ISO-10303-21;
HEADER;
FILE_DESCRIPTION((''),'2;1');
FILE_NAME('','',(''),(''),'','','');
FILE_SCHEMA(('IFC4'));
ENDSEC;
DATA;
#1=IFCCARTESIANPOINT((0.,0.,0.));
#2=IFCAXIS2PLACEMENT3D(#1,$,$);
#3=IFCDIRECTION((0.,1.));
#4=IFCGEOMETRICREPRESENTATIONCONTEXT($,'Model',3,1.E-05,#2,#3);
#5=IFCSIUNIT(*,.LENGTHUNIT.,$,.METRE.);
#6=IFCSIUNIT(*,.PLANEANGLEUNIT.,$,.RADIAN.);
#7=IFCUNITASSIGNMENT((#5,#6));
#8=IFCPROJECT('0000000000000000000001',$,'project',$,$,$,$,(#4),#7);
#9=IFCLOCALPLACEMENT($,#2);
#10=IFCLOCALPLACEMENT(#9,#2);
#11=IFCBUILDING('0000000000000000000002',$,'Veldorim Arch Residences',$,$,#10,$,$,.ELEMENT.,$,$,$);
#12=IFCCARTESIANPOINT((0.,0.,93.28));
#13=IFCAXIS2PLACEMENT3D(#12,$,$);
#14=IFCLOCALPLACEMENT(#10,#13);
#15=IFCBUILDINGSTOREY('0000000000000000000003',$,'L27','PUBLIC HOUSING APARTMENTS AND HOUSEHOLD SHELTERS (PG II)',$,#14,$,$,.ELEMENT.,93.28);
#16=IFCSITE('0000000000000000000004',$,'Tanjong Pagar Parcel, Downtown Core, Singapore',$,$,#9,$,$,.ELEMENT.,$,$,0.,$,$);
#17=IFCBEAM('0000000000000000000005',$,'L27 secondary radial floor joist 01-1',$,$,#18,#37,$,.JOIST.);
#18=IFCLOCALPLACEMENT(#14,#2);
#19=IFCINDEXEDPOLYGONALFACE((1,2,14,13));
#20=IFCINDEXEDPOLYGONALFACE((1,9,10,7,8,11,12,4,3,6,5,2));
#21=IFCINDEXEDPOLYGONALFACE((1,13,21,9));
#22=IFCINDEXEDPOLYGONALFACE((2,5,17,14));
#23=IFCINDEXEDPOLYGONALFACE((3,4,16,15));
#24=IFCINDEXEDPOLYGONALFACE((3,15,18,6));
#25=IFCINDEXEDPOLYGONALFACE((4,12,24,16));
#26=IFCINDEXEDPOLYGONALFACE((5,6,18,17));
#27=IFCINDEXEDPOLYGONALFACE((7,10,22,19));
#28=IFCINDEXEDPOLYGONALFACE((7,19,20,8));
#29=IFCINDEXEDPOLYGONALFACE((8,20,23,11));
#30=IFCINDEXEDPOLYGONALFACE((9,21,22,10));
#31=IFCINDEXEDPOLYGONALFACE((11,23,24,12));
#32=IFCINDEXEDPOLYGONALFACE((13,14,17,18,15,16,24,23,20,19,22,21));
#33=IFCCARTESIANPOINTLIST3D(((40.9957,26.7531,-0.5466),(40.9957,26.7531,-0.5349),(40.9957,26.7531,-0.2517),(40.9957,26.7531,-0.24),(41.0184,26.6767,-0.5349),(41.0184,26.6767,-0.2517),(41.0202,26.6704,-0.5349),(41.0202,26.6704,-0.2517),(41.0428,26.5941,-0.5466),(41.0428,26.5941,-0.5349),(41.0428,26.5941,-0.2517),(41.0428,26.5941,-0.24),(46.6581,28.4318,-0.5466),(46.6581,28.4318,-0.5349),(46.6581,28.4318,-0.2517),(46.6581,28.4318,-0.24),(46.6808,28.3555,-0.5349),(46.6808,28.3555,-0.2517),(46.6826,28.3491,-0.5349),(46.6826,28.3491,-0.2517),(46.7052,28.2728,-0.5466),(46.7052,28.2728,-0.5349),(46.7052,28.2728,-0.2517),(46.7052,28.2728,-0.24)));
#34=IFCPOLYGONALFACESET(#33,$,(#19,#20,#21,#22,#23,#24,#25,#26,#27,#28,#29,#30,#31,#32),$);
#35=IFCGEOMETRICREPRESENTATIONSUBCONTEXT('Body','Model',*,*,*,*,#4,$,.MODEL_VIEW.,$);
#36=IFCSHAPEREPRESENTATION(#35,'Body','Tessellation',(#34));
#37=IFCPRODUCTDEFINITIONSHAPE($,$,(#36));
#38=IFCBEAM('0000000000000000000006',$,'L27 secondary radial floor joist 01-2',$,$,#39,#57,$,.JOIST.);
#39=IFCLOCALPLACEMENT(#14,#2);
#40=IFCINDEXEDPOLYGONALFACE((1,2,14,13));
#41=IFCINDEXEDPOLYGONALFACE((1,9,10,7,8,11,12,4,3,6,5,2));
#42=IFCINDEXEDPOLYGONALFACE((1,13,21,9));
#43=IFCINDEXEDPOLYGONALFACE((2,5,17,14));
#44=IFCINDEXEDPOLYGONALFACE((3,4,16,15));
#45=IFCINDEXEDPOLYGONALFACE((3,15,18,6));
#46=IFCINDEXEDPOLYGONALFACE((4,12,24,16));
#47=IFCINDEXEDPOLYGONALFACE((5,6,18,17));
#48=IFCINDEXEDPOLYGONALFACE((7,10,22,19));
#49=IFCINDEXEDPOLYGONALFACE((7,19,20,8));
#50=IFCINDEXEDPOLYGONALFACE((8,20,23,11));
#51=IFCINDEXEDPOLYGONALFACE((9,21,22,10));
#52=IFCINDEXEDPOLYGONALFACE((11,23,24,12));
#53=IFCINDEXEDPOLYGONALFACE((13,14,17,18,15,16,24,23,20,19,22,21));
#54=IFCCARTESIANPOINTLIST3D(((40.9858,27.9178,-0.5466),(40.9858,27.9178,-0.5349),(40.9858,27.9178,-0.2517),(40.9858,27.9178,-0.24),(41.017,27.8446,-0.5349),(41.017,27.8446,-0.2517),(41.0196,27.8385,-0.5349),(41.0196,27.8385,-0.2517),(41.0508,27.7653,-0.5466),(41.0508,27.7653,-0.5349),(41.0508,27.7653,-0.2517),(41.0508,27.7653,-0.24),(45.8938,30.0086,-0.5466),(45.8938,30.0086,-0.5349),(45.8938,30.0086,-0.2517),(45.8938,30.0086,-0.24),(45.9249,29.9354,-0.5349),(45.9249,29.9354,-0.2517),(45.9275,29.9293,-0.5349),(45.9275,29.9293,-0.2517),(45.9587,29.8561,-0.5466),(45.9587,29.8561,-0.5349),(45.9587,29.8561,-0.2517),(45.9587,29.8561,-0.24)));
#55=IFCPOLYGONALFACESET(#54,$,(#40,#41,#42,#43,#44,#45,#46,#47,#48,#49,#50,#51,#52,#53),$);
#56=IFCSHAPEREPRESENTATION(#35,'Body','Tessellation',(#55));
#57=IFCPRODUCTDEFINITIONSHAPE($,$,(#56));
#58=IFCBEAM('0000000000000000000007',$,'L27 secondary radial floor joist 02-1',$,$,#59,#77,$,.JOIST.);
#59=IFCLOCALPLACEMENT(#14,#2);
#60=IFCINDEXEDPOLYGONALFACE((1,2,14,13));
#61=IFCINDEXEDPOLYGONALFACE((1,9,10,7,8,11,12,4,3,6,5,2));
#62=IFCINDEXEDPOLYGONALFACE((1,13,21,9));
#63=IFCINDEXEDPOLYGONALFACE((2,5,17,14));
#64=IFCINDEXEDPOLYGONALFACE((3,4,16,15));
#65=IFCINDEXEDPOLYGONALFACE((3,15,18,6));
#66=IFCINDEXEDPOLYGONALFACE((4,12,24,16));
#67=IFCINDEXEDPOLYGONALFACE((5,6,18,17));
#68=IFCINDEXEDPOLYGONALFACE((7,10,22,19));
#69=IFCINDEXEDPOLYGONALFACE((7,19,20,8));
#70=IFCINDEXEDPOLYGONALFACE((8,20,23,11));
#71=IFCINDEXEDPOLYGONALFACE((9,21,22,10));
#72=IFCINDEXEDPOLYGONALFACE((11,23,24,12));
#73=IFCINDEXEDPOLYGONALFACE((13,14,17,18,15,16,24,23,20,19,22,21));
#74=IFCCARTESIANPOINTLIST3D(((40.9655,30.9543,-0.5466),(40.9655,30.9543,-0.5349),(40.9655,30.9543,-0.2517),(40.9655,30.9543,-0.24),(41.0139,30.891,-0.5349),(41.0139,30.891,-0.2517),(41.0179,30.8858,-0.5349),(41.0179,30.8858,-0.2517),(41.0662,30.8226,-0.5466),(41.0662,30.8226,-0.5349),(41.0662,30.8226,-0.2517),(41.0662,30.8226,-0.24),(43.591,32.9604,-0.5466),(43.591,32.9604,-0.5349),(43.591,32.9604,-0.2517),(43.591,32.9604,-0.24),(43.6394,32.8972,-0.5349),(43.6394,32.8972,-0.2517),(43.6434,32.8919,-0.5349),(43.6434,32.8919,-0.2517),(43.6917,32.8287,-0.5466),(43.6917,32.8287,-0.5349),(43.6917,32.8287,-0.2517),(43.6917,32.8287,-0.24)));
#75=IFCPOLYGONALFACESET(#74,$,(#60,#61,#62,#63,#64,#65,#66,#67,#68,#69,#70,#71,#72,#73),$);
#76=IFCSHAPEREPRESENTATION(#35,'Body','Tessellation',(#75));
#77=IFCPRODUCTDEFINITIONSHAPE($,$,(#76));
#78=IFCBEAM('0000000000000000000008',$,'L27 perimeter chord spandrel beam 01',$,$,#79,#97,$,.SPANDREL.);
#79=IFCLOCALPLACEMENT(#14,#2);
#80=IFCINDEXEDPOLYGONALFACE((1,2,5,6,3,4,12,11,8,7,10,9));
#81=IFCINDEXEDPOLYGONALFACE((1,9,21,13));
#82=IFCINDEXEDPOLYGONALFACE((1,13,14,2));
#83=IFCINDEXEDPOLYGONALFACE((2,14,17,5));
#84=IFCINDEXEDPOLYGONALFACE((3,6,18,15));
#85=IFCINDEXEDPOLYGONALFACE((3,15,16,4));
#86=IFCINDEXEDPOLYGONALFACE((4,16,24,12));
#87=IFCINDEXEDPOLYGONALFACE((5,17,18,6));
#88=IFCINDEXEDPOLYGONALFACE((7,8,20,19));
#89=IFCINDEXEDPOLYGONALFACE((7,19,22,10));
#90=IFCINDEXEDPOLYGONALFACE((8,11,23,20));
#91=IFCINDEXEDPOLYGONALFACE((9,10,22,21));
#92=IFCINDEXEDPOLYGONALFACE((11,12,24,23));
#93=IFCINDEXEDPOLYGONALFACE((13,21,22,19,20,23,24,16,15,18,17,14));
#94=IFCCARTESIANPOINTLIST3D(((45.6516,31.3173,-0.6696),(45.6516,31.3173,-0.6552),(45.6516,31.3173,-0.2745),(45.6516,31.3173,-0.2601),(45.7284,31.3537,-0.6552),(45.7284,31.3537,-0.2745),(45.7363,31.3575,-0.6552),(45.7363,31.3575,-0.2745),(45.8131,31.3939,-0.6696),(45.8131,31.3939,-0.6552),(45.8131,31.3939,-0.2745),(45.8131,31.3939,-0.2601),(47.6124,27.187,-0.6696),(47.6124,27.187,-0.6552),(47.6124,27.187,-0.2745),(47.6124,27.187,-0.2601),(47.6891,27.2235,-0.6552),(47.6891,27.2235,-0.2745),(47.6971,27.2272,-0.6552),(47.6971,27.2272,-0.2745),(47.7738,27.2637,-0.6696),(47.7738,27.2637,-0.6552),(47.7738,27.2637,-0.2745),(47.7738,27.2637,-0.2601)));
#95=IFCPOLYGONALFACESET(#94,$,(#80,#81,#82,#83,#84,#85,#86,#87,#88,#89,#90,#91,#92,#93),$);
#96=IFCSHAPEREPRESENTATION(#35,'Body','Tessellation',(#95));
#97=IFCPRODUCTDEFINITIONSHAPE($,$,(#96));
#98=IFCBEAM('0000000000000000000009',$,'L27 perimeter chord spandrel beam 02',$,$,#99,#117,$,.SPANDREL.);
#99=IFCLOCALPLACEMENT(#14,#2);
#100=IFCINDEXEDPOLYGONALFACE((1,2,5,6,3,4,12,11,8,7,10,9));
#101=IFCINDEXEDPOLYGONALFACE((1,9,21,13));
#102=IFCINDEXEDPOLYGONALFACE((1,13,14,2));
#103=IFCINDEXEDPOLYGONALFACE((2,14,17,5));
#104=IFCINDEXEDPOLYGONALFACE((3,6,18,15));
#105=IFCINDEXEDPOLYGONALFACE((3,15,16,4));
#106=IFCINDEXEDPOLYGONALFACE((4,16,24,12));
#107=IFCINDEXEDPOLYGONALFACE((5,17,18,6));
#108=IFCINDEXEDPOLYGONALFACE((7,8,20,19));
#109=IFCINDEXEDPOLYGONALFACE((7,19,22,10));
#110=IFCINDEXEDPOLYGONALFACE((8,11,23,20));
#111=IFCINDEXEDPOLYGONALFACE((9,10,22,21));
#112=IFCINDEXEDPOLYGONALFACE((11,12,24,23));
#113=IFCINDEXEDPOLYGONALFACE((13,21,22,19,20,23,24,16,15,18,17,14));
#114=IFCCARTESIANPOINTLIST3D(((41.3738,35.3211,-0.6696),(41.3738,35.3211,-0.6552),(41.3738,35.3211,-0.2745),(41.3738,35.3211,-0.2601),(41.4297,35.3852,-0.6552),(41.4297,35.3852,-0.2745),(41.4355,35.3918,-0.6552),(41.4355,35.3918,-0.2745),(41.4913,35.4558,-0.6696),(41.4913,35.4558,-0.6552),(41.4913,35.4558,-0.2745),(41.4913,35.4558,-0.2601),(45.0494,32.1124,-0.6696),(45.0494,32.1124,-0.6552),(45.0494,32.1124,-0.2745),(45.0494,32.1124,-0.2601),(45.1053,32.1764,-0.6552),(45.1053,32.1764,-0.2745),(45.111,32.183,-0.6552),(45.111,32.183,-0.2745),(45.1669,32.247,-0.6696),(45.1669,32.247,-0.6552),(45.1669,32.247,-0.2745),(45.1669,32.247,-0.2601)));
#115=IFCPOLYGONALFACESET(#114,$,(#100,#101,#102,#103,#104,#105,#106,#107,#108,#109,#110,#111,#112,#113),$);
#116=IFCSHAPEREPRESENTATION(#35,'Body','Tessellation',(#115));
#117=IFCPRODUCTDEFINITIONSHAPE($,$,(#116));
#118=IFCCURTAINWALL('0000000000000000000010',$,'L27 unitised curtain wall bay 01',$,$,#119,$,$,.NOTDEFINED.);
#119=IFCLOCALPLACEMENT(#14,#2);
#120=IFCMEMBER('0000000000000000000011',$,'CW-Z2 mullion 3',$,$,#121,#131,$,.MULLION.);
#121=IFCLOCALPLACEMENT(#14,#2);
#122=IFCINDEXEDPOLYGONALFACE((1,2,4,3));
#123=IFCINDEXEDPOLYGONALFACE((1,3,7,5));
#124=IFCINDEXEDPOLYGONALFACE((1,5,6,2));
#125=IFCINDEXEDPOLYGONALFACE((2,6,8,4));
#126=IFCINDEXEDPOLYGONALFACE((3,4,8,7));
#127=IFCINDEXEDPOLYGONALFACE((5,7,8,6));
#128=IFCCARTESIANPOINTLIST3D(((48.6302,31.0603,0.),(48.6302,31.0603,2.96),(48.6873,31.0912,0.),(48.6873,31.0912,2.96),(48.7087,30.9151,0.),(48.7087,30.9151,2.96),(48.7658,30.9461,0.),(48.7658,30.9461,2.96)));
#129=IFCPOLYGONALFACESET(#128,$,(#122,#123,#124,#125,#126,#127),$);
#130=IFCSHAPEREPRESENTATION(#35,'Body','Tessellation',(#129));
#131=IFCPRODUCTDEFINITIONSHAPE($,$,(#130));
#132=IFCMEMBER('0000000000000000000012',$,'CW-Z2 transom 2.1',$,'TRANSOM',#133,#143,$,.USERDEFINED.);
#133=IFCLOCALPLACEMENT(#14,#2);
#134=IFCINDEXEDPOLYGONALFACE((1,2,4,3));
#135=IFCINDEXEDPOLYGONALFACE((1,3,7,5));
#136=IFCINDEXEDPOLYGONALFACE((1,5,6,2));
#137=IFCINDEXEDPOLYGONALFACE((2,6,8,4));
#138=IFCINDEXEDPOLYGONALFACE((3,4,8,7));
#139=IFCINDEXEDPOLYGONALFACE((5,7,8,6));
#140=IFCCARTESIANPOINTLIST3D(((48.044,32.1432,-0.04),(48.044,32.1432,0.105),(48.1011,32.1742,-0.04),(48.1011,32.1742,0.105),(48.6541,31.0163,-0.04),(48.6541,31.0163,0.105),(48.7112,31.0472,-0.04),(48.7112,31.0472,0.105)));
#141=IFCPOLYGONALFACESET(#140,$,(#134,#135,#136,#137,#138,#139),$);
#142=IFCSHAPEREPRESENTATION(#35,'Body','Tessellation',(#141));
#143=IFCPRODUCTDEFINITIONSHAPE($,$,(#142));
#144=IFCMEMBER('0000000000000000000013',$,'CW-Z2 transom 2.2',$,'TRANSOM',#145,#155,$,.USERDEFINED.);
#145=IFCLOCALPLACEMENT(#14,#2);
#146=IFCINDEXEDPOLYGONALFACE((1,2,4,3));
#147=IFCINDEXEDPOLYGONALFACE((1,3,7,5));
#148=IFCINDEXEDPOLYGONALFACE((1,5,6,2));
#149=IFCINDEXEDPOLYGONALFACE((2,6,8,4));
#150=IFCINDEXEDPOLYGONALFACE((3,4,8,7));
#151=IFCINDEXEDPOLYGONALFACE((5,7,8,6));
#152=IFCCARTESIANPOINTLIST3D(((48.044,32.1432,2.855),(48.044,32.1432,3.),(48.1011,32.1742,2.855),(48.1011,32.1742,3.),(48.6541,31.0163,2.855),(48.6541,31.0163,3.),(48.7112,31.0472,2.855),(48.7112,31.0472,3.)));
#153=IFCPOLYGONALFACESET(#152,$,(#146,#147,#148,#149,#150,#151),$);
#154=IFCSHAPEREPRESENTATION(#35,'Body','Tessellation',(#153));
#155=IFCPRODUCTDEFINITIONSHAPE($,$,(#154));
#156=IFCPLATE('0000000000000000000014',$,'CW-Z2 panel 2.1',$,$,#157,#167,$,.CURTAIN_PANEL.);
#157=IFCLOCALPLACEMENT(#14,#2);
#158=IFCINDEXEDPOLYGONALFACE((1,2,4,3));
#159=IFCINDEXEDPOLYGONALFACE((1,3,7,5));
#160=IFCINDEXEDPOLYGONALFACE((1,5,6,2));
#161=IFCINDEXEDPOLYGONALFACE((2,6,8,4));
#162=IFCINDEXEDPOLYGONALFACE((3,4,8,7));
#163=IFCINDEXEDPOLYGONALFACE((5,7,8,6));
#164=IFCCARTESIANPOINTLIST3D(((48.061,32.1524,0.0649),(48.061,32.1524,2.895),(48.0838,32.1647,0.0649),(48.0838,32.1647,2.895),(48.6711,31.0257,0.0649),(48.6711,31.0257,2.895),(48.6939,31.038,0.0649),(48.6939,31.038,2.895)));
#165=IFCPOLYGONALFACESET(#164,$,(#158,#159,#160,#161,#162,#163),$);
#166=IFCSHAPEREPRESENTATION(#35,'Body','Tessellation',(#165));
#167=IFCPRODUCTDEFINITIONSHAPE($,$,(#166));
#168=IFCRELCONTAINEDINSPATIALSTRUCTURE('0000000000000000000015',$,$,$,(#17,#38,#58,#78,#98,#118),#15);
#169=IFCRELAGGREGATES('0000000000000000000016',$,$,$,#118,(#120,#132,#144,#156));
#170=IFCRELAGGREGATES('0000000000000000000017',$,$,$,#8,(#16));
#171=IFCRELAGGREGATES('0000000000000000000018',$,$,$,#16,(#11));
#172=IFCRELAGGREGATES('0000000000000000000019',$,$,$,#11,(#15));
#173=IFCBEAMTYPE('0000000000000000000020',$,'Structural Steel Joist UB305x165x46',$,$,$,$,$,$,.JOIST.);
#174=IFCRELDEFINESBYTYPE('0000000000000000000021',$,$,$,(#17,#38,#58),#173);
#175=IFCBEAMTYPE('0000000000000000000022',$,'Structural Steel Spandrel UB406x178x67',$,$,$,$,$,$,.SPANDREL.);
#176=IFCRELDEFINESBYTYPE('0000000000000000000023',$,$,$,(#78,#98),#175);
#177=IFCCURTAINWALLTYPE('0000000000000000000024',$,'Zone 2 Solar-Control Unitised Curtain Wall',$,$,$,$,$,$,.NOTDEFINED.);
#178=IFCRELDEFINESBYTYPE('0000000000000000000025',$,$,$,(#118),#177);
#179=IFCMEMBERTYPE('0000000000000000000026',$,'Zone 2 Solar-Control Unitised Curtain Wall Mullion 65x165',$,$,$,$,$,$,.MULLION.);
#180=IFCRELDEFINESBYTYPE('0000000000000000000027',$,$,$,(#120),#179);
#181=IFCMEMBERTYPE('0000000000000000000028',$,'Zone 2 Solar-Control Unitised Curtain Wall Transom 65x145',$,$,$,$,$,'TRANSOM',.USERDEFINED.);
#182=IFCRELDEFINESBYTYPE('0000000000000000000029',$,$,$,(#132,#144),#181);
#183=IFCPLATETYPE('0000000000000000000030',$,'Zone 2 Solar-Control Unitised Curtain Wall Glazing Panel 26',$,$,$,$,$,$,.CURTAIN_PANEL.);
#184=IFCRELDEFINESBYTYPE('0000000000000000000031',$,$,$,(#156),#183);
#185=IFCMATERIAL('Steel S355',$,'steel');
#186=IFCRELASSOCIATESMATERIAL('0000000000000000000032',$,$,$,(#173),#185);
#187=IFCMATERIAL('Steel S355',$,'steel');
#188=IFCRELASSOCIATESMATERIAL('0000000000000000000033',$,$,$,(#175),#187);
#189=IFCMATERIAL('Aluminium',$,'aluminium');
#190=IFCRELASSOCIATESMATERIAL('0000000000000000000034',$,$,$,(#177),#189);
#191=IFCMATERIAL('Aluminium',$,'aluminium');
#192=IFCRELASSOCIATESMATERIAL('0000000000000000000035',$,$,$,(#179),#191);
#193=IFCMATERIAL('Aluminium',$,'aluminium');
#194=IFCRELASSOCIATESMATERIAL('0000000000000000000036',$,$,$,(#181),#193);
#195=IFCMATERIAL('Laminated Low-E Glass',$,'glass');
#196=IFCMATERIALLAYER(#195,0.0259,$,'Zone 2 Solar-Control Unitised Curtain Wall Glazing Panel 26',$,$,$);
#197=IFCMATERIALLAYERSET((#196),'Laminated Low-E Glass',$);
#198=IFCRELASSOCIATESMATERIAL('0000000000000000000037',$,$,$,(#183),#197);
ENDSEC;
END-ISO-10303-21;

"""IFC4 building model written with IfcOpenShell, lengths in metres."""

from ifc_helpers import new_model, si_unit, direction, frame, origin, origin_2d, place, context, subcontext, project, spatial, rectangle, i_section, extrude, material, layer, layer_set, material_profile, profile_set, type_object, element, aggregate, save


model = new_model("IFC4")

# Units and contexts
model_context = context("Model", 3, precision=1e-05, world=origin(), true_north=direction((0.0, 1.0)))
body_context = subcontext(model_context, "Body", "Model", "MODEL_VIEW")
ifc_project = project(units=[si_unit("LENGTHUNIT", "METRE"), si_unit("PLANEANGLEUNIT", "RADIAN")], contexts=[model_context])

# Site, building, storey
site_placement = place(None, origin())
site = spatial("IfcSite", under=ifc_project, at=site_placement, Name="Tanjong Pagar Parcel, Downtown Core, Singapore", CompositionType="ELEMENT", RefElevation=0.0)
building_placement = place(site_placement, origin())
building = spatial("IfcBuilding", under=site, at=building_placement, Name="Veldorim Arch Residences", CompositionType="ELEMENT")
storey_placement = place(building_placement, frame((0.0, 0.0, 93.28)))
storey = spatial("IfcBuildingStorey", under=building, at=storey_placement, Name="L27", Description="PUBLIC HOUSING APARTMENTS AND HOUSEHOLD SHELTERS (PG II)", CompositionType="ELEMENT", Elevation=93.28)

# Beams
ifc_material_1 = material(Name="Steel S355", Category="steel")
ifc_material_profile_1 = material_profile(ifc_material_1, i_section(OverallWidth=0.1658, OverallDepth=0.3066, WebThickness=0.0066, FlangeThickness=0.0117, at=origin_2d()), Name="UB305x165x46")
ifc_profile_set_1 = profile_set([ifc_material_profile_1], Name="Steel S355")
beam_type_1 = type_object("IfcBeamType", Name="Structural Steel Joist UB305x165x46", PredefinedType="JOIST", material=ifc_profile_set_1)
beam_1_placement = place(storey_placement, frame((41.0193, 26.6736, -0.3933), z_axis=(0.958753, 0.28424, 0.0), x_axis=(-0.28424, 0.958753, 0.0)))
element("IfcBeam", 1, at=beam_1_placement, inside=storey, type_object=beam_type_1, Name="L27 secondary radial floor joist 01-1", PredefinedType="JOIST", context=body_context, shape_type="SweptSolid", body=[
    extrude(i_section(OverallWidth=0.1658, OverallDepth=0.3066, WebThickness=0.0066, FlangeThickness=0.0117, at=origin_2d()), origin(), (0.0, 0.0, 1.0), 5.906),
])
beam_2_placement = place(storey_placement, frame((41.0183, 27.8416, -0.3933), z_axis=(0.919997, 0.391924, 0.0), x_axis=(-0.391924, 0.919997, 0.0)))
element("IfcBeam", 2, at=beam_2_placement, inside=storey, type_object=beam_type_1, Name="L27 secondary radial floor joist 01-2", PredefinedType="JOIST", context=body_context, shape_type="SweptSolid", body=[
    extrude(i_section(OverallWidth=0.1658, OverallDepth=0.3066, WebThickness=0.0066, FlangeThickness=0.0117, at=origin_2d()), origin(), (0.0, 0.0, 1.0), 5.3347),
])
beam_3_placement = place(storey_placement, frame((41.0159, 30.8884, -0.3933), z_axis=(0.794595, 0.60714, 0.0), x_axis=(-0.60714, 0.794595, 0.0)))
element("IfcBeam", 3, at=beam_3_placement, inside=storey, type_object=beam_type_1, Name="L27 secondary radial floor joist 02-1", PredefinedType="JOIST", context=body_context, shape_type="SweptSolid", body=[
    extrude(i_section(OverallWidth=0.1658, OverallDepth=0.3066, WebThickness=0.0066, FlangeThickness=0.0117, at=origin_2d()), origin(), (0.0, 0.0, 1.0), 3.3042),
])
ifc_material_2 = material(Name="Steel S355", Category="steel")
ifc_material_profile_2 = material_profile(ifc_material_2, i_section(OverallWidth=0.1787, OverallDepth=0.4094, WebThickness=0.0088, FlangeThickness=0.0144, at=origin_2d()), Name="UB406x178x67")
ifc_profile_set_2 = profile_set([ifc_material_profile_2], Name="Steel S355")
beam_type_2 = type_object("IfcBeamType", Name="Structural Steel Spandrel UB406x178x67", PredefinedType="SPANDREL", material=ifc_profile_set_2)
beam_4_placement = place(storey_placement, frame((47.6931, 27.2253, -0.4648), z_axis=(-0.428857, 0.903372, 0.0), x_axis=(-0.903372, -0.428857, 0.0)))
element("IfcBeam", 4, at=beam_4_placement, inside=storey, type_object=beam_type_2, Name="L27 perimeter chord spandrel beam 01", PredefinedType="SPANDREL", context=body_context, shape_type="SweptSolid", body=[
    extrude(i_section(OverallWidth=0.1787, OverallDepth=0.4094, WebThickness=0.0088, FlangeThickness=0.0144, at=origin_2d()), origin(), (0.0, 0.0, 1.0), 4.572),
])
beam_5_placement = place(storey_placement, frame((45.1082, 32.1797, -0.4648), z_axis=(-0.753323, 0.65765, 0.0), x_axis=(-0.65765, -0.753323, 0.0)))
element("IfcBeam", 5, at=beam_5_placement, inside=storey, type_object=beam_type_2, Name="L27 perimeter chord spandrel beam 02", PredefinedType="SPANDREL", context=body_context, shape_type="SweptSolid", body=[
    extrude(i_section(OverallWidth=0.1787, OverallDepth=0.4094, WebThickness=0.0088, FlangeThickness=0.0144, at=origin_2d()), origin(), (0.0, 0.0, 1.0), 4.8792),
])

# Curtain wall, members, plate
ifc_material_3 = material(Name="Aluminium", Category="aluminium")
curtain_wall_type = type_object("IfcCurtainWallType", Name="Zone 2 Solar-Control Unitised Curtain Wall", PredefinedType="NOTDEFINED", material=ifc_material_3)
curtain_wall_placement = place(storey_placement, origin())
curtain_wall = element("IfcCurtainWall", 6, at=curtain_wall_placement, inside=storey, type_object=curtain_wall_type, Name="L27 unitised curtain wall bay 01", PredefinedType="NOTDEFINED")
ifc_material_4 = material(Name="Aluminium", Category="aluminium")
ifc_material_profile_3 = material_profile(ifc_material_4, rectangle(XDim=0.0649, YDim=0.165, at=origin_2d()), Name="ALU_MUL_65x165")
ifc_profile_set_3 = profile_set([ifc_material_profile_3], Name="Aluminium")
member_type_1 = type_object("IfcMemberType", Name="Zone 2 Solar-Control Unitised Curtain Wall Mullion 65x165", PredefinedType="MULLION", material=ifc_profile_set_3)
member_1_placement = place(storey_placement, frame((48.698, 31.0032, 0.0), z_axis=(0.0, 0.0, 1.0), x_axis=(0.879366, 0.476146, 0.0)))
member_1 = element("IfcMember", 7, at=member_1_placement, type_object=member_type_1, Name="CW-Z2 mullion 3", PredefinedType="MULLION", context=body_context, shape_type="SweptSolid", body=[
    extrude(rectangle(XDim=0.0649, YDim=0.165, at=origin_2d()), origin(), (0.0, 0.0, 1.0), 2.96),
])
ifc_material_5 = material(Name="Aluminium", Category="aluminium")
ifc_material_profile_4 = material_profile(ifc_material_5, rectangle(XDim=0.0649, YDim=0.145, at=origin_2d()), Name="ALU_TRN_65x145")
ifc_profile_set_4 = profile_set([ifc_material_profile_4], Name="Aluminium")
member_type_2 = type_object("IfcMemberType", Name="Zone 2 Solar-Control Unitised Curtain Wall Transom 65x145", ElementType="TRANSOM", PredefinedType="USERDEFINED", material=ifc_profile_set_4)
member_2_placement = place(storey_placement, frame((48.0725, 32.1587, 0.0325), z_axis=(0.476087, -0.879398, 0.0), x_axis=(0.879398, 0.476087, 0.0)))
member_2 = element("IfcMember", 8, at=member_2_placement, type_object=member_type_2, Name="CW-Z2 transom 2.1", ObjectType="TRANSOM", PredefinedType="USERDEFINED", context=body_context, shape_type="SweptSolid", body=[
    extrude(rectangle(XDim=0.0649, YDim=0.145, at=origin_2d()), origin(), (0.0, 0.0, 1.0), 1.2815),
])
member_3_placement = place(storey_placement, frame((48.0725, 32.1587, 2.9275), z_axis=(0.476087, -0.879398, 0.0), x_axis=(0.879398, 0.476087, 0.0)))
member_3 = element("IfcMember", 9, at=member_3_placement, type_object=member_type_2, Name="CW-Z2 transom 2.2", ObjectType="TRANSOM", PredefinedType="USERDEFINED", context=body_context, shape_type="SweptSolid", body=[
    extrude(rectangle(XDim=0.0649, YDim=0.145, at=origin_2d()), origin(), (0.0, 0.0, 1.0), 1.2815),
])
ifc_material_6 = material(Name="Laminated Low-E Glass", Category="glass")
ifc_layer_1 = layer(ifc_material_6, 0.0259, Name="Zone 2 Solar-Control Unitised Curtain Wall Glazing Panel 26")
ifc_layer_set_1 = layer_set([ifc_layer_1], Name="Laminated Low-E Glass")
plate_type = type_object("IfcPlateType", Name="Zone 2 Solar-Control Unitised Curtain Wall Glazing Panel 26", PredefinedType="CURTAIN_PANEL", material=ifc_layer_set_1)
plate_placement = place(storey_placement, frame((48.3774, 31.5952, 0.0649), z_axis=(0.0, 0.0, 1.0), x_axis=(0.476146, -0.879366, 0.0)))
plate = element("IfcPlate", 10, at=plate_placement, type_object=plate_type, Name="CW-Z2 panel 2.1", PredefinedType="CURTAIN_PANEL", context=body_context, shape_type="SweptSolid", body=[
    extrude(rectangle(XDim=1.2812, YDim=0.0259, at=origin_2d()), origin(), (0.0, 0.0, 1.0), 2.8301),
])
aggregate(curtain_wall, [member_1, member_2, member_3, plate])

save(model, "model.ifc")
